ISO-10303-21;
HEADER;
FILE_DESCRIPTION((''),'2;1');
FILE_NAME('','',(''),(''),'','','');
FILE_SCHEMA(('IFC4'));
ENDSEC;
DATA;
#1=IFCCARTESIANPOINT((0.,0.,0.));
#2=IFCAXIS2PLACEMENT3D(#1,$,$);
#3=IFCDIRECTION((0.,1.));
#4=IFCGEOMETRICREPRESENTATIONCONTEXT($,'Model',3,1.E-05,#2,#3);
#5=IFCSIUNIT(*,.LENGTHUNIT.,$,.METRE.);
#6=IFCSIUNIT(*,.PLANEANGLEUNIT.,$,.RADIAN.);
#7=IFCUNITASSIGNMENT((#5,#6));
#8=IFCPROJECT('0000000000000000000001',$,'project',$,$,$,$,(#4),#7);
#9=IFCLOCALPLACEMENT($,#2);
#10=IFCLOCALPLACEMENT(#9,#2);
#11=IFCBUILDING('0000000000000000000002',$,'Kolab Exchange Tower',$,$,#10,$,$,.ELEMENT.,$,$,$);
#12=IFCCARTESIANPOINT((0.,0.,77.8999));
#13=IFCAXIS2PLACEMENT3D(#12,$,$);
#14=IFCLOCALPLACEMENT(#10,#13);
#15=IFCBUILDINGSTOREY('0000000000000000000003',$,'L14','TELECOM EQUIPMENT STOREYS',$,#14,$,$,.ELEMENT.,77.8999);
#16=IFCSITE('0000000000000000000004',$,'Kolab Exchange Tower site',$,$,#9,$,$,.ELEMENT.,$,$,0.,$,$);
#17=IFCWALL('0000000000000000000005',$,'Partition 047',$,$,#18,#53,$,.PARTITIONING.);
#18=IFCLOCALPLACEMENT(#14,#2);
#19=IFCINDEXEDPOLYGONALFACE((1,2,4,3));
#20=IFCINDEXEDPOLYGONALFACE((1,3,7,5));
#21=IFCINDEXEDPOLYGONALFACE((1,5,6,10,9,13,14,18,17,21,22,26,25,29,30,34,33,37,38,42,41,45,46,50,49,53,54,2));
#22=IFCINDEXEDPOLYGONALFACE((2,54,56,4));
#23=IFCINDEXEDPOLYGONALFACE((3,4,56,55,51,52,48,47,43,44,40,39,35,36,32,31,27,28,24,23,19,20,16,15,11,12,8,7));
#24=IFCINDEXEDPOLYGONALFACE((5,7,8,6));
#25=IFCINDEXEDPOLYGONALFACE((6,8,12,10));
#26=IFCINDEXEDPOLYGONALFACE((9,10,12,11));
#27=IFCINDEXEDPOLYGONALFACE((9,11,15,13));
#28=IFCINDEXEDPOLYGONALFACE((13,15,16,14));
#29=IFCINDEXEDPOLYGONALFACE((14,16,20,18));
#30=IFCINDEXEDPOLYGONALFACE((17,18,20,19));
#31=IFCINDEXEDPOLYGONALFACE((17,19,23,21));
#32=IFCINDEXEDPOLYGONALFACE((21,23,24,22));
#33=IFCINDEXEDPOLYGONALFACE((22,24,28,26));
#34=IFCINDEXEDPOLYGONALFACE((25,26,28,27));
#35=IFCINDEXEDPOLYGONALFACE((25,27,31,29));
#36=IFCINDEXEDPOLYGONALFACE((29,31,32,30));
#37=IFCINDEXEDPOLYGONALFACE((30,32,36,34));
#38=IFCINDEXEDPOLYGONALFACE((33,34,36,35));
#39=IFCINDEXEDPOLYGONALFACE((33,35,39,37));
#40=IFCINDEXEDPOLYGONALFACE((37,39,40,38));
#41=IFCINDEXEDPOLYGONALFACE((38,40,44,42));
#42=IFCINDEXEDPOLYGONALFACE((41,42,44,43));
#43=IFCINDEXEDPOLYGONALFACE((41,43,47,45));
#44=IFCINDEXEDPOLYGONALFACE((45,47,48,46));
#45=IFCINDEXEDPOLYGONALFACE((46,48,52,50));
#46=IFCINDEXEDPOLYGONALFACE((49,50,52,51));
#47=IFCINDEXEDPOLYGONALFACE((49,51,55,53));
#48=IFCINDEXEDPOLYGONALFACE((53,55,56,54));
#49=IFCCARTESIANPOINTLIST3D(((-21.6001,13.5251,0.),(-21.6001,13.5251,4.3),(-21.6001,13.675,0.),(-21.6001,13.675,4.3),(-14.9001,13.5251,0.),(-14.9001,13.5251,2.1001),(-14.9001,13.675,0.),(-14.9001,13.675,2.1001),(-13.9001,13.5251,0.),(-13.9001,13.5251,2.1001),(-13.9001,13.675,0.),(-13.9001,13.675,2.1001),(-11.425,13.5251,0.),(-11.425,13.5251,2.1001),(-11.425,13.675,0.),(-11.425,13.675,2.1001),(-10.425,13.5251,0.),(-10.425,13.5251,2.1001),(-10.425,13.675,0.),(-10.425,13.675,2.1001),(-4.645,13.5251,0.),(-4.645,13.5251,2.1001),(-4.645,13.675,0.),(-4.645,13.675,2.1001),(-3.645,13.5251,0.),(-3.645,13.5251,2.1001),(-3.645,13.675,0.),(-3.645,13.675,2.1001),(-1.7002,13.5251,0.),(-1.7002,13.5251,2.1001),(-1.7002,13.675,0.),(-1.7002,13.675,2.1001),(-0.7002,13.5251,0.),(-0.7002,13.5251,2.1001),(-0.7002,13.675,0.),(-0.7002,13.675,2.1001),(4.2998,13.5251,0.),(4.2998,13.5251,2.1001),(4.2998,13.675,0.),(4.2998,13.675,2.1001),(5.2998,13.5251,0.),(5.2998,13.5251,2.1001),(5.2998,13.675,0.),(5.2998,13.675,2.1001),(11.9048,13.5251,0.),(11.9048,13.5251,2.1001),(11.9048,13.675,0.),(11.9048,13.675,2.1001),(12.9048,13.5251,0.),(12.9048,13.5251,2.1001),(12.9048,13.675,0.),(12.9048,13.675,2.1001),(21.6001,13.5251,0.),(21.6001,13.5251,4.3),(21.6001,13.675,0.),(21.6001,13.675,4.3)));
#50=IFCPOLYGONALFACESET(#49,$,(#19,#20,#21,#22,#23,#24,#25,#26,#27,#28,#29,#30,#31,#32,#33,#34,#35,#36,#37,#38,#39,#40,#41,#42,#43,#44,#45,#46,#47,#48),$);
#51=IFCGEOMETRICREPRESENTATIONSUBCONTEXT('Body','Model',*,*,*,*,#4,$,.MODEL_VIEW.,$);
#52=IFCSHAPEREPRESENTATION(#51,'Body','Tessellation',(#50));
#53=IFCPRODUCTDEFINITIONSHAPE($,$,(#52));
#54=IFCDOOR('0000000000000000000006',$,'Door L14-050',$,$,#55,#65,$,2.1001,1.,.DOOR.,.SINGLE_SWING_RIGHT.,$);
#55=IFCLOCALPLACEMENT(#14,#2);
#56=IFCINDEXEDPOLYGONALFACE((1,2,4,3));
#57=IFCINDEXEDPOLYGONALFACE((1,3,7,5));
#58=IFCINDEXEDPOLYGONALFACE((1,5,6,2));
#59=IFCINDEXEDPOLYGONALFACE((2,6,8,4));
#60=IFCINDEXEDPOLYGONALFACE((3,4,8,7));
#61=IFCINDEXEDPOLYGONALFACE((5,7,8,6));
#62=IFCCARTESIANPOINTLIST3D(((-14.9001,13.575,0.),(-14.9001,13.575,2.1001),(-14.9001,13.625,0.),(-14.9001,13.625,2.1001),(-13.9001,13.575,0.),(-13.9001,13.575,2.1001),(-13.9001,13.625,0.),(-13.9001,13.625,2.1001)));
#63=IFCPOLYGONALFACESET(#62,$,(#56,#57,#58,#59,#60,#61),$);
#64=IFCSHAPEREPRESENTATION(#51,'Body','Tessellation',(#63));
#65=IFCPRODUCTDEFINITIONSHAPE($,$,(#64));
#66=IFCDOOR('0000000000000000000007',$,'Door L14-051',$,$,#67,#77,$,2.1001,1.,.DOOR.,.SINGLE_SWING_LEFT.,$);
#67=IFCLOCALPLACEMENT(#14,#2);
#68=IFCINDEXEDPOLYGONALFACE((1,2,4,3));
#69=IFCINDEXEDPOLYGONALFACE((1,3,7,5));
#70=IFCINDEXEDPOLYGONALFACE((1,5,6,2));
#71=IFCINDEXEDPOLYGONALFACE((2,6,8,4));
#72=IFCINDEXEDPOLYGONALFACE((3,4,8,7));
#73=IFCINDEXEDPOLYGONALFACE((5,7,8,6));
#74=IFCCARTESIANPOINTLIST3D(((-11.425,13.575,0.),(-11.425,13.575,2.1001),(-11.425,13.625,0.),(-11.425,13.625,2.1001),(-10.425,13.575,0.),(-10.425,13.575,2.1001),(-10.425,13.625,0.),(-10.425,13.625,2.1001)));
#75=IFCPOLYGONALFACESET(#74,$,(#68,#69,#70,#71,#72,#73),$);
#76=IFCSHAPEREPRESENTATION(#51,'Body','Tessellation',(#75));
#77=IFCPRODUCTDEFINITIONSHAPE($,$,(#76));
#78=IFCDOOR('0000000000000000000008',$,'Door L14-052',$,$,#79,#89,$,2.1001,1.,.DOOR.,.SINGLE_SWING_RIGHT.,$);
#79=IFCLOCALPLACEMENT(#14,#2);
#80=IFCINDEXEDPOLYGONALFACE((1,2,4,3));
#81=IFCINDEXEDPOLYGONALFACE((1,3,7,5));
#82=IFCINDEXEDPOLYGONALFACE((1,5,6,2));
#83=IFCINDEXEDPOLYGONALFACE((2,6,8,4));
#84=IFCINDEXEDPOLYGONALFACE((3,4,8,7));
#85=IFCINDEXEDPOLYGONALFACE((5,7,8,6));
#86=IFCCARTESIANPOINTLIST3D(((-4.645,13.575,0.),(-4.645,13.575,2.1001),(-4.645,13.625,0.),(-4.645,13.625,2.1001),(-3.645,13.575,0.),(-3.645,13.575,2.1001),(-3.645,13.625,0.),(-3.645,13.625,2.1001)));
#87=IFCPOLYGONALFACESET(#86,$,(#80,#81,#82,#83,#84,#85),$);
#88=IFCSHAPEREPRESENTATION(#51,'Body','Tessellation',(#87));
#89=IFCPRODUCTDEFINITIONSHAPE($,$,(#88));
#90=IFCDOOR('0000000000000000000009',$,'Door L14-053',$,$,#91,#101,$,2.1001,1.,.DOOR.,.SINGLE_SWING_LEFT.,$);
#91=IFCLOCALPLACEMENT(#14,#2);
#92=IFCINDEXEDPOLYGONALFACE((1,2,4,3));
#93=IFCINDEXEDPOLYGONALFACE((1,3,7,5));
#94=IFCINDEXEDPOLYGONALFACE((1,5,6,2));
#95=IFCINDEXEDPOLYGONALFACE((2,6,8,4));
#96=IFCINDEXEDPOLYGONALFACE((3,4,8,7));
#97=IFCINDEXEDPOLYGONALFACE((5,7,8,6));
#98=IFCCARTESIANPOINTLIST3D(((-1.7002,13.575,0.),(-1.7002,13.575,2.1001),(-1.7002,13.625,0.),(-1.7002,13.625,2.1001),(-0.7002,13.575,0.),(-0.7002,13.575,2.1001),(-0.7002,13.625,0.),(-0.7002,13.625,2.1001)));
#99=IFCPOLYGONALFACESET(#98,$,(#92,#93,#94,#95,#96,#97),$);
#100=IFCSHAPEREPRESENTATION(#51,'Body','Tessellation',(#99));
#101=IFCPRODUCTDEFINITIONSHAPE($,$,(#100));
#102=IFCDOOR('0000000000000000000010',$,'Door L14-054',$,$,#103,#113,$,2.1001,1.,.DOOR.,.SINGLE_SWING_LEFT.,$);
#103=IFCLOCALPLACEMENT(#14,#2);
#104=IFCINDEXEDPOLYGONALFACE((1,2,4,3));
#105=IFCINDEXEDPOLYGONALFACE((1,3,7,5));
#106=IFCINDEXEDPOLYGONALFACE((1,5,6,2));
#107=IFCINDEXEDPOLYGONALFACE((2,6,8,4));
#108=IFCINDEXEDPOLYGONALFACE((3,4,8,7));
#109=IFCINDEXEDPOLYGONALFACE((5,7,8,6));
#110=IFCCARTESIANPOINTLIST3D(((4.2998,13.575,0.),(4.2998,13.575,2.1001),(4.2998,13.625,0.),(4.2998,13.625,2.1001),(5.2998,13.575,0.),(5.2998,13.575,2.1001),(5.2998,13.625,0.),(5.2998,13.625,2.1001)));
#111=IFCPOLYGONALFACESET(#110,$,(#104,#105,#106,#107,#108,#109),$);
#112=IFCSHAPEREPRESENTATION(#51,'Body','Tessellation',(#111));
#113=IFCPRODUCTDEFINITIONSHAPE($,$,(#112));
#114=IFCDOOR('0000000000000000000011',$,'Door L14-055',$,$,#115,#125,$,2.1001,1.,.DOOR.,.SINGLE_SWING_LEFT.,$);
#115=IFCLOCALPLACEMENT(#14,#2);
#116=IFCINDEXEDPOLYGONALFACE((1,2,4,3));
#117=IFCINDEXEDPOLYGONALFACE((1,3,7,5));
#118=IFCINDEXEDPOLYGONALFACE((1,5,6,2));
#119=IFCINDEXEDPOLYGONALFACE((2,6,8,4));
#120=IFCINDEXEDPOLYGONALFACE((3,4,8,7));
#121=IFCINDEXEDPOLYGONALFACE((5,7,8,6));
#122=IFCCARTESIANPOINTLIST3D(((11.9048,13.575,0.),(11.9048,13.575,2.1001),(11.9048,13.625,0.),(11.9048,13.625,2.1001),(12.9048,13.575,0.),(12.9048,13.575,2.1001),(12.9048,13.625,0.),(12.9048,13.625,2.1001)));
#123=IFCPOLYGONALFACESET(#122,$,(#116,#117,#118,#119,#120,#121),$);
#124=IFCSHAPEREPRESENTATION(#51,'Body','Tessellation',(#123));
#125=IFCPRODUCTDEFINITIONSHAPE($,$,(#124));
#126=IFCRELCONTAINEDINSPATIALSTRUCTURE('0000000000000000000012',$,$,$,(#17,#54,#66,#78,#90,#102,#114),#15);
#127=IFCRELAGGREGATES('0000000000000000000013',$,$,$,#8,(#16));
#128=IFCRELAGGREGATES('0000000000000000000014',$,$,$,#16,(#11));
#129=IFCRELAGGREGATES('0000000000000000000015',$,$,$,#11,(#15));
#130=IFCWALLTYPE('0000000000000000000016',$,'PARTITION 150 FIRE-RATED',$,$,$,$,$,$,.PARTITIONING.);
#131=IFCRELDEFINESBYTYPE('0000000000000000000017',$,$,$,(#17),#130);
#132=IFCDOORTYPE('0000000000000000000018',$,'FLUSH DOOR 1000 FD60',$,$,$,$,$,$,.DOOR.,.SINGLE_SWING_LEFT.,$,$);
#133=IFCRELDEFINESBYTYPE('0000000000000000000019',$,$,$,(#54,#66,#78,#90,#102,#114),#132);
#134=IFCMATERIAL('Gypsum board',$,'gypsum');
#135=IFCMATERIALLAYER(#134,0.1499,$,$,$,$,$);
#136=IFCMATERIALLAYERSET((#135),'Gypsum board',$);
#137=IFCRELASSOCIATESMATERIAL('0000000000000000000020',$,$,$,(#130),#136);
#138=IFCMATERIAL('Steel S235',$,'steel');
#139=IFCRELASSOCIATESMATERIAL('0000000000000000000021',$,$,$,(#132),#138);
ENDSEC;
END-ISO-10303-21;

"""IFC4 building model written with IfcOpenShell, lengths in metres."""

from ifc_helpers import new_model, si_unit, direction, frame, frame_2d, origin, place, context, subcontext, project, spatial, rectangle, extrude, material, layer, layer_set, type_object, element, fill, save


model = new_model("IFC4")

# Units and contexts
model_context = context("Model", 3, precision=1e-05, world=origin(), true_north=direction((0.0, 1.0)))
body_context = subcontext(model_context, "Body", "Model", "MODEL_VIEW")
ifc_project = project(units=[si_unit("LENGTHUNIT", "METRE"), si_unit("PLANEANGLEUNIT", "RADIAN")], contexts=[model_context])

# Site, building, storey
site_placement = place(None, origin())
site = spatial("IfcSite", under=ifc_project, at=site_placement, Name="Kolab Exchange Tower site", CompositionType="ELEMENT", RefElevation=0.0)
building_placement = place(site_placement, origin())
building = spatial("IfcBuilding", under=site, at=building_placement, Name="Kolab Exchange Tower", CompositionType="ELEMENT")
storey_placement = place(building_placement, frame((0.0, 0.0, 77.8999)))
storey = spatial("IfcBuildingStorey", under=building, at=storey_placement, Name="L14", Description="TELECOM EQUIPMENT STOREYS", CompositionType="ELEMENT", Elevation=77.8999)

# Shared definitions
ifc_material_1 = material(Name="Gypsum board", Category="gypsum")
ifc_layer_1 = layer(ifc_material_1, 0.1499)
ifc_layer_set_1 = layer_set([ifc_layer_1], Name="Gypsum board")
wall_type_1 = type_object("IfcWallType", Name="PARTITION 150 FIRE-RATED", PredefinedType="PARTITIONING", material=ifc_layer_set_1)

# Wall, openings, doors
wall_1_placement = place(storey_placement, frame((-21.6001, 13.6001, 0.0), z_axis=(0.0, 0.0, 1.0), x_axis=(1.0, 0.0, 0.0)))
wall_1 = element("IfcWall", 1, at=wall_1_placement, inside=storey, type_object=wall_type_1, Name="Partition 047", PredefinedType="PARTITIONING", context=body_context, shape_type="SweptSolid", body=[
    extrude(rectangle(XDim=43.2002, YDim=0.1499, at=frame_2d((21.6001, 0.0))), origin(), (0.0, 0.0, 1.0), 4.3),
])
opening_1_placement = place(wall_1_placement, frame((6.7, 0.0, 0.0)))
opening_1 = element("IfcOpeningElement", 2, at=opening_1_placement, cuts=wall_1, PredefinedType="OPENING", context=body_context, shape_type="SweptSolid", body=[
    extrude(rectangle(XDim=1.0, YDim=2.1001, at=frame_2d((0.5, 1.05))), frame((0.0, 0.085, 0.0), z_axis=(0.0, -1.0, 0.0), x_axis=(1.0, 0.0, 0.0)), (0.0, 0.0, 1.0), 0.1699),
])
opening_2_placement = place(wall_1_placement, frame((10.175, 0.0, 0.0)))
opening_2 = element("IfcOpeningElement", 3, at=opening_2_placement, cuts=wall_1, PredefinedType="OPENING", context=body_context, shape_type="SweptSolid", body=[
    extrude(rectangle(XDim=1.0, YDim=2.1001, at=frame_2d((0.5, 1.05))), frame((0.0, 0.085, 0.0), z_axis=(0.0, -1.0, 0.0), x_axis=(1.0, 0.0, 0.0)), (0.0, 0.0, 1.0), 0.1699),
])
opening_3_placement = place(wall_1_placement, frame((16.9551, 0.0, 0.0)))
opening_3 = element("IfcOpeningElement", 4, at=opening_3_placement, cuts=wall_1, PredefinedType="OPENING", context=body_context, shape_type="SweptSolid", body=[
    extrude(rectangle(XDim=1.0, YDim=2.1001, at=frame_2d((0.5, 1.05))), frame((0.0, 0.085, 0.0), z_axis=(0.0, -1.0, 0.0), x_axis=(1.0, 0.0, 0.0)), (0.0, 0.0, 1.0), 0.1699),
])
opening_4_placement = place(wall_1_placement, frame((19.8999, 0.0, 0.0)))
opening_4 = element("IfcOpeningElement", 5, at=opening_4_placement, cuts=wall_1, PredefinedType="OPENING", context=body_context, shape_type="SweptSolid", body=[
    extrude(rectangle(XDim=1.0, YDim=2.1001, at=frame_2d((0.5, 1.05))), frame((0.0, 0.085, 0.0), z_axis=(0.0, -1.0, 0.0), x_axis=(1.0, 0.0, 0.0)), (0.0, 0.0, 1.0), 0.1699),
])
opening_5_placement = place(wall_1_placement, frame((25.8999, 0.0, 0.0)))
opening_5 = element("IfcOpeningElement", 6, at=opening_5_placement, cuts=wall_1, PredefinedType="OPENING", context=body_context, shape_type="SweptSolid", body=[
    extrude(rectangle(XDim=1.0, YDim=2.1001, at=frame_2d((0.5, 1.05))), frame((0.0, 0.085, 0.0), z_axis=(0.0, -1.0, 0.0), x_axis=(1.0, 0.0, 0.0)), (0.0, 0.0, 1.0), 0.1699),
])
opening_6_placement = place(wall_1_placement, frame((33.5049, 0.0, 0.0)))
opening_6 = element("IfcOpeningElement", 7, at=opening_6_placement, cuts=wall_1, PredefinedType="OPENING", context=body_context, shape_type="SweptSolid", body=[
    extrude(rectangle(XDim=1.0, YDim=2.1001, at=frame_2d((0.5, 1.05))), frame((0.0, 0.085, 0.0), z_axis=(0.0, -1.0, 0.0), x_axis=(1.0, 0.0, 0.0)), (0.0, 0.0, 1.0), 0.1699),
])
ifc_material_2 = material(Name="Steel S235", Category="steel")
door_type_1 = type_object("IfcDoorType", Name="FLUSH DOOR 1000 FD60", OperationType="SINGLE_SWING_LEFT", PredefinedType="DOOR", material=ifc_material_2)
door_1_placement = place(opening_1_placement, origin())
door_1 = element("IfcDoor", 8, at=door_1_placement, inside=storey, type_object=door_type_1, Name="Door L14-050", OperationType="SINGLE_SWING_RIGHT", OverallHeight=2.1001, OverallWidth=1.0, PredefinedType="DOOR", context=body_context, shape_type="SweptSolid", body=[
    extrude(rectangle(XDim=1.0, YDim=2.1001, at=frame_2d((0.5, 1.05))), frame((0.0, 0.0249, 0.0), z_axis=(0.0, -1.0, 0.0), x_axis=(1.0, 0.0, 0.0)), (0.0, 0.0, 1.0), 0.05),
])
fill(opening_1, door_1)
door_2_placement = place(opening_2_placement, origin())
door_2 = element("IfcDoor", 9, at=door_2_placement, inside=storey, type_object=door_type_1, Name="Door L14-051", OperationType="SINGLE_SWING_LEFT", OverallHeight=2.1001, OverallWidth=1.0, PredefinedType="DOOR", context=body_context, shape_type="SweptSolid", body=[
    extrude(rectangle(XDim=1.0, YDim=2.1001, at=frame_2d((0.5, 1.05))), frame((0.0, 0.0249, 0.0), z_axis=(0.0, -1.0, 0.0), x_axis=(1.0, 0.0, 0.0)), (0.0, 0.0, 1.0), 0.05),
])
fill(opening_2, door_2)
door_3_placement = place(opening_3_placement, origin())
door_3 = element("IfcDoor", 10, at=door_3_placement, inside=storey, type_object=door_type_1, Name="Door L14-052", OperationType="SINGLE_SWING_RIGHT", OverallHeight=2.1001, OverallWidth=1.0, PredefinedType="DOOR", context=body_context, shape_type="SweptSolid", body=[
    extrude(rectangle(XDim=1.0, YDim=2.1001, at=frame_2d((0.5, 1.05))), frame((0.0, 0.0249, 0.0), z_axis=(0.0, -1.0, 0.0), x_axis=(1.0, 0.0, 0.0)), (0.0, 0.0, 1.0), 0.05),
])
fill(opening_3, door_3)
door_4_placement = place(opening_4_placement, origin())
door_4 = element("IfcDoor", 11, at=door_4_placement, inside=storey, type_object=door_type_1, Name="Door L14-053", OperationType="SINGLE_SWING_LEFT", OverallHeight=2.1001, OverallWidth=1.0, PredefinedType="DOOR", context=body_context, shape_type="SweptSolid", body=[
    extrude(rectangle(XDim=1.0, YDim=2.1001, at=frame_2d((0.5, 1.05))), frame((0.0, 0.0249, 0.0), z_axis=(0.0, -1.0, 0.0), x_axis=(1.0, 0.0, 0.0)), (0.0, 0.0, 1.0), 0.05),
])
fill(opening_4, door_4)
door_5_placement = place(opening_5_placement, origin())
door_5 = element("IfcDoor", 12, at=door_5_placement, inside=storey, type_object=door_type_1, Name="Door L14-054", OperationType="SINGLE_SWING_LEFT", OverallHeight=2.1001, OverallWidth=1.0, PredefinedType="DOOR", context=body_context, shape_type="SweptSolid", body=[
    extrude(rectangle(XDim=1.0, YDim=2.1001, at=frame_2d((0.5, 1.05))), frame((0.0, 0.0249, 0.0), z_axis=(0.0, -1.0, 0.0), x_axis=(1.0, 0.0, 0.0)), (0.0, 0.0, 1.0), 0.05),
])
fill(opening_5, door_5)
door_6_placement = place(opening_6_placement, origin())
door_6 = element("IfcDoor", 13, at=door_6_placement, inside=storey, type_object=door_type_1, Name="Door L14-055", OperationType="SINGLE_SWING_LEFT", OverallHeight=2.1001, OverallWidth=1.0, PredefinedType="DOOR", context=body_context, shape_type="SweptSolid", body=[
    extrude(rectangle(XDim=1.0, YDim=2.1001, at=frame_2d((0.5, 1.05))), frame((0.0, 0.0249, 0.0), z_axis=(0.0, -1.0, 0.0), x_axis=(1.0, 0.0, 0.0)), (0.0, 0.0, 1.0), 0.05),
])
fill(opening_6, door_6)

save(model, "model.ifc")
